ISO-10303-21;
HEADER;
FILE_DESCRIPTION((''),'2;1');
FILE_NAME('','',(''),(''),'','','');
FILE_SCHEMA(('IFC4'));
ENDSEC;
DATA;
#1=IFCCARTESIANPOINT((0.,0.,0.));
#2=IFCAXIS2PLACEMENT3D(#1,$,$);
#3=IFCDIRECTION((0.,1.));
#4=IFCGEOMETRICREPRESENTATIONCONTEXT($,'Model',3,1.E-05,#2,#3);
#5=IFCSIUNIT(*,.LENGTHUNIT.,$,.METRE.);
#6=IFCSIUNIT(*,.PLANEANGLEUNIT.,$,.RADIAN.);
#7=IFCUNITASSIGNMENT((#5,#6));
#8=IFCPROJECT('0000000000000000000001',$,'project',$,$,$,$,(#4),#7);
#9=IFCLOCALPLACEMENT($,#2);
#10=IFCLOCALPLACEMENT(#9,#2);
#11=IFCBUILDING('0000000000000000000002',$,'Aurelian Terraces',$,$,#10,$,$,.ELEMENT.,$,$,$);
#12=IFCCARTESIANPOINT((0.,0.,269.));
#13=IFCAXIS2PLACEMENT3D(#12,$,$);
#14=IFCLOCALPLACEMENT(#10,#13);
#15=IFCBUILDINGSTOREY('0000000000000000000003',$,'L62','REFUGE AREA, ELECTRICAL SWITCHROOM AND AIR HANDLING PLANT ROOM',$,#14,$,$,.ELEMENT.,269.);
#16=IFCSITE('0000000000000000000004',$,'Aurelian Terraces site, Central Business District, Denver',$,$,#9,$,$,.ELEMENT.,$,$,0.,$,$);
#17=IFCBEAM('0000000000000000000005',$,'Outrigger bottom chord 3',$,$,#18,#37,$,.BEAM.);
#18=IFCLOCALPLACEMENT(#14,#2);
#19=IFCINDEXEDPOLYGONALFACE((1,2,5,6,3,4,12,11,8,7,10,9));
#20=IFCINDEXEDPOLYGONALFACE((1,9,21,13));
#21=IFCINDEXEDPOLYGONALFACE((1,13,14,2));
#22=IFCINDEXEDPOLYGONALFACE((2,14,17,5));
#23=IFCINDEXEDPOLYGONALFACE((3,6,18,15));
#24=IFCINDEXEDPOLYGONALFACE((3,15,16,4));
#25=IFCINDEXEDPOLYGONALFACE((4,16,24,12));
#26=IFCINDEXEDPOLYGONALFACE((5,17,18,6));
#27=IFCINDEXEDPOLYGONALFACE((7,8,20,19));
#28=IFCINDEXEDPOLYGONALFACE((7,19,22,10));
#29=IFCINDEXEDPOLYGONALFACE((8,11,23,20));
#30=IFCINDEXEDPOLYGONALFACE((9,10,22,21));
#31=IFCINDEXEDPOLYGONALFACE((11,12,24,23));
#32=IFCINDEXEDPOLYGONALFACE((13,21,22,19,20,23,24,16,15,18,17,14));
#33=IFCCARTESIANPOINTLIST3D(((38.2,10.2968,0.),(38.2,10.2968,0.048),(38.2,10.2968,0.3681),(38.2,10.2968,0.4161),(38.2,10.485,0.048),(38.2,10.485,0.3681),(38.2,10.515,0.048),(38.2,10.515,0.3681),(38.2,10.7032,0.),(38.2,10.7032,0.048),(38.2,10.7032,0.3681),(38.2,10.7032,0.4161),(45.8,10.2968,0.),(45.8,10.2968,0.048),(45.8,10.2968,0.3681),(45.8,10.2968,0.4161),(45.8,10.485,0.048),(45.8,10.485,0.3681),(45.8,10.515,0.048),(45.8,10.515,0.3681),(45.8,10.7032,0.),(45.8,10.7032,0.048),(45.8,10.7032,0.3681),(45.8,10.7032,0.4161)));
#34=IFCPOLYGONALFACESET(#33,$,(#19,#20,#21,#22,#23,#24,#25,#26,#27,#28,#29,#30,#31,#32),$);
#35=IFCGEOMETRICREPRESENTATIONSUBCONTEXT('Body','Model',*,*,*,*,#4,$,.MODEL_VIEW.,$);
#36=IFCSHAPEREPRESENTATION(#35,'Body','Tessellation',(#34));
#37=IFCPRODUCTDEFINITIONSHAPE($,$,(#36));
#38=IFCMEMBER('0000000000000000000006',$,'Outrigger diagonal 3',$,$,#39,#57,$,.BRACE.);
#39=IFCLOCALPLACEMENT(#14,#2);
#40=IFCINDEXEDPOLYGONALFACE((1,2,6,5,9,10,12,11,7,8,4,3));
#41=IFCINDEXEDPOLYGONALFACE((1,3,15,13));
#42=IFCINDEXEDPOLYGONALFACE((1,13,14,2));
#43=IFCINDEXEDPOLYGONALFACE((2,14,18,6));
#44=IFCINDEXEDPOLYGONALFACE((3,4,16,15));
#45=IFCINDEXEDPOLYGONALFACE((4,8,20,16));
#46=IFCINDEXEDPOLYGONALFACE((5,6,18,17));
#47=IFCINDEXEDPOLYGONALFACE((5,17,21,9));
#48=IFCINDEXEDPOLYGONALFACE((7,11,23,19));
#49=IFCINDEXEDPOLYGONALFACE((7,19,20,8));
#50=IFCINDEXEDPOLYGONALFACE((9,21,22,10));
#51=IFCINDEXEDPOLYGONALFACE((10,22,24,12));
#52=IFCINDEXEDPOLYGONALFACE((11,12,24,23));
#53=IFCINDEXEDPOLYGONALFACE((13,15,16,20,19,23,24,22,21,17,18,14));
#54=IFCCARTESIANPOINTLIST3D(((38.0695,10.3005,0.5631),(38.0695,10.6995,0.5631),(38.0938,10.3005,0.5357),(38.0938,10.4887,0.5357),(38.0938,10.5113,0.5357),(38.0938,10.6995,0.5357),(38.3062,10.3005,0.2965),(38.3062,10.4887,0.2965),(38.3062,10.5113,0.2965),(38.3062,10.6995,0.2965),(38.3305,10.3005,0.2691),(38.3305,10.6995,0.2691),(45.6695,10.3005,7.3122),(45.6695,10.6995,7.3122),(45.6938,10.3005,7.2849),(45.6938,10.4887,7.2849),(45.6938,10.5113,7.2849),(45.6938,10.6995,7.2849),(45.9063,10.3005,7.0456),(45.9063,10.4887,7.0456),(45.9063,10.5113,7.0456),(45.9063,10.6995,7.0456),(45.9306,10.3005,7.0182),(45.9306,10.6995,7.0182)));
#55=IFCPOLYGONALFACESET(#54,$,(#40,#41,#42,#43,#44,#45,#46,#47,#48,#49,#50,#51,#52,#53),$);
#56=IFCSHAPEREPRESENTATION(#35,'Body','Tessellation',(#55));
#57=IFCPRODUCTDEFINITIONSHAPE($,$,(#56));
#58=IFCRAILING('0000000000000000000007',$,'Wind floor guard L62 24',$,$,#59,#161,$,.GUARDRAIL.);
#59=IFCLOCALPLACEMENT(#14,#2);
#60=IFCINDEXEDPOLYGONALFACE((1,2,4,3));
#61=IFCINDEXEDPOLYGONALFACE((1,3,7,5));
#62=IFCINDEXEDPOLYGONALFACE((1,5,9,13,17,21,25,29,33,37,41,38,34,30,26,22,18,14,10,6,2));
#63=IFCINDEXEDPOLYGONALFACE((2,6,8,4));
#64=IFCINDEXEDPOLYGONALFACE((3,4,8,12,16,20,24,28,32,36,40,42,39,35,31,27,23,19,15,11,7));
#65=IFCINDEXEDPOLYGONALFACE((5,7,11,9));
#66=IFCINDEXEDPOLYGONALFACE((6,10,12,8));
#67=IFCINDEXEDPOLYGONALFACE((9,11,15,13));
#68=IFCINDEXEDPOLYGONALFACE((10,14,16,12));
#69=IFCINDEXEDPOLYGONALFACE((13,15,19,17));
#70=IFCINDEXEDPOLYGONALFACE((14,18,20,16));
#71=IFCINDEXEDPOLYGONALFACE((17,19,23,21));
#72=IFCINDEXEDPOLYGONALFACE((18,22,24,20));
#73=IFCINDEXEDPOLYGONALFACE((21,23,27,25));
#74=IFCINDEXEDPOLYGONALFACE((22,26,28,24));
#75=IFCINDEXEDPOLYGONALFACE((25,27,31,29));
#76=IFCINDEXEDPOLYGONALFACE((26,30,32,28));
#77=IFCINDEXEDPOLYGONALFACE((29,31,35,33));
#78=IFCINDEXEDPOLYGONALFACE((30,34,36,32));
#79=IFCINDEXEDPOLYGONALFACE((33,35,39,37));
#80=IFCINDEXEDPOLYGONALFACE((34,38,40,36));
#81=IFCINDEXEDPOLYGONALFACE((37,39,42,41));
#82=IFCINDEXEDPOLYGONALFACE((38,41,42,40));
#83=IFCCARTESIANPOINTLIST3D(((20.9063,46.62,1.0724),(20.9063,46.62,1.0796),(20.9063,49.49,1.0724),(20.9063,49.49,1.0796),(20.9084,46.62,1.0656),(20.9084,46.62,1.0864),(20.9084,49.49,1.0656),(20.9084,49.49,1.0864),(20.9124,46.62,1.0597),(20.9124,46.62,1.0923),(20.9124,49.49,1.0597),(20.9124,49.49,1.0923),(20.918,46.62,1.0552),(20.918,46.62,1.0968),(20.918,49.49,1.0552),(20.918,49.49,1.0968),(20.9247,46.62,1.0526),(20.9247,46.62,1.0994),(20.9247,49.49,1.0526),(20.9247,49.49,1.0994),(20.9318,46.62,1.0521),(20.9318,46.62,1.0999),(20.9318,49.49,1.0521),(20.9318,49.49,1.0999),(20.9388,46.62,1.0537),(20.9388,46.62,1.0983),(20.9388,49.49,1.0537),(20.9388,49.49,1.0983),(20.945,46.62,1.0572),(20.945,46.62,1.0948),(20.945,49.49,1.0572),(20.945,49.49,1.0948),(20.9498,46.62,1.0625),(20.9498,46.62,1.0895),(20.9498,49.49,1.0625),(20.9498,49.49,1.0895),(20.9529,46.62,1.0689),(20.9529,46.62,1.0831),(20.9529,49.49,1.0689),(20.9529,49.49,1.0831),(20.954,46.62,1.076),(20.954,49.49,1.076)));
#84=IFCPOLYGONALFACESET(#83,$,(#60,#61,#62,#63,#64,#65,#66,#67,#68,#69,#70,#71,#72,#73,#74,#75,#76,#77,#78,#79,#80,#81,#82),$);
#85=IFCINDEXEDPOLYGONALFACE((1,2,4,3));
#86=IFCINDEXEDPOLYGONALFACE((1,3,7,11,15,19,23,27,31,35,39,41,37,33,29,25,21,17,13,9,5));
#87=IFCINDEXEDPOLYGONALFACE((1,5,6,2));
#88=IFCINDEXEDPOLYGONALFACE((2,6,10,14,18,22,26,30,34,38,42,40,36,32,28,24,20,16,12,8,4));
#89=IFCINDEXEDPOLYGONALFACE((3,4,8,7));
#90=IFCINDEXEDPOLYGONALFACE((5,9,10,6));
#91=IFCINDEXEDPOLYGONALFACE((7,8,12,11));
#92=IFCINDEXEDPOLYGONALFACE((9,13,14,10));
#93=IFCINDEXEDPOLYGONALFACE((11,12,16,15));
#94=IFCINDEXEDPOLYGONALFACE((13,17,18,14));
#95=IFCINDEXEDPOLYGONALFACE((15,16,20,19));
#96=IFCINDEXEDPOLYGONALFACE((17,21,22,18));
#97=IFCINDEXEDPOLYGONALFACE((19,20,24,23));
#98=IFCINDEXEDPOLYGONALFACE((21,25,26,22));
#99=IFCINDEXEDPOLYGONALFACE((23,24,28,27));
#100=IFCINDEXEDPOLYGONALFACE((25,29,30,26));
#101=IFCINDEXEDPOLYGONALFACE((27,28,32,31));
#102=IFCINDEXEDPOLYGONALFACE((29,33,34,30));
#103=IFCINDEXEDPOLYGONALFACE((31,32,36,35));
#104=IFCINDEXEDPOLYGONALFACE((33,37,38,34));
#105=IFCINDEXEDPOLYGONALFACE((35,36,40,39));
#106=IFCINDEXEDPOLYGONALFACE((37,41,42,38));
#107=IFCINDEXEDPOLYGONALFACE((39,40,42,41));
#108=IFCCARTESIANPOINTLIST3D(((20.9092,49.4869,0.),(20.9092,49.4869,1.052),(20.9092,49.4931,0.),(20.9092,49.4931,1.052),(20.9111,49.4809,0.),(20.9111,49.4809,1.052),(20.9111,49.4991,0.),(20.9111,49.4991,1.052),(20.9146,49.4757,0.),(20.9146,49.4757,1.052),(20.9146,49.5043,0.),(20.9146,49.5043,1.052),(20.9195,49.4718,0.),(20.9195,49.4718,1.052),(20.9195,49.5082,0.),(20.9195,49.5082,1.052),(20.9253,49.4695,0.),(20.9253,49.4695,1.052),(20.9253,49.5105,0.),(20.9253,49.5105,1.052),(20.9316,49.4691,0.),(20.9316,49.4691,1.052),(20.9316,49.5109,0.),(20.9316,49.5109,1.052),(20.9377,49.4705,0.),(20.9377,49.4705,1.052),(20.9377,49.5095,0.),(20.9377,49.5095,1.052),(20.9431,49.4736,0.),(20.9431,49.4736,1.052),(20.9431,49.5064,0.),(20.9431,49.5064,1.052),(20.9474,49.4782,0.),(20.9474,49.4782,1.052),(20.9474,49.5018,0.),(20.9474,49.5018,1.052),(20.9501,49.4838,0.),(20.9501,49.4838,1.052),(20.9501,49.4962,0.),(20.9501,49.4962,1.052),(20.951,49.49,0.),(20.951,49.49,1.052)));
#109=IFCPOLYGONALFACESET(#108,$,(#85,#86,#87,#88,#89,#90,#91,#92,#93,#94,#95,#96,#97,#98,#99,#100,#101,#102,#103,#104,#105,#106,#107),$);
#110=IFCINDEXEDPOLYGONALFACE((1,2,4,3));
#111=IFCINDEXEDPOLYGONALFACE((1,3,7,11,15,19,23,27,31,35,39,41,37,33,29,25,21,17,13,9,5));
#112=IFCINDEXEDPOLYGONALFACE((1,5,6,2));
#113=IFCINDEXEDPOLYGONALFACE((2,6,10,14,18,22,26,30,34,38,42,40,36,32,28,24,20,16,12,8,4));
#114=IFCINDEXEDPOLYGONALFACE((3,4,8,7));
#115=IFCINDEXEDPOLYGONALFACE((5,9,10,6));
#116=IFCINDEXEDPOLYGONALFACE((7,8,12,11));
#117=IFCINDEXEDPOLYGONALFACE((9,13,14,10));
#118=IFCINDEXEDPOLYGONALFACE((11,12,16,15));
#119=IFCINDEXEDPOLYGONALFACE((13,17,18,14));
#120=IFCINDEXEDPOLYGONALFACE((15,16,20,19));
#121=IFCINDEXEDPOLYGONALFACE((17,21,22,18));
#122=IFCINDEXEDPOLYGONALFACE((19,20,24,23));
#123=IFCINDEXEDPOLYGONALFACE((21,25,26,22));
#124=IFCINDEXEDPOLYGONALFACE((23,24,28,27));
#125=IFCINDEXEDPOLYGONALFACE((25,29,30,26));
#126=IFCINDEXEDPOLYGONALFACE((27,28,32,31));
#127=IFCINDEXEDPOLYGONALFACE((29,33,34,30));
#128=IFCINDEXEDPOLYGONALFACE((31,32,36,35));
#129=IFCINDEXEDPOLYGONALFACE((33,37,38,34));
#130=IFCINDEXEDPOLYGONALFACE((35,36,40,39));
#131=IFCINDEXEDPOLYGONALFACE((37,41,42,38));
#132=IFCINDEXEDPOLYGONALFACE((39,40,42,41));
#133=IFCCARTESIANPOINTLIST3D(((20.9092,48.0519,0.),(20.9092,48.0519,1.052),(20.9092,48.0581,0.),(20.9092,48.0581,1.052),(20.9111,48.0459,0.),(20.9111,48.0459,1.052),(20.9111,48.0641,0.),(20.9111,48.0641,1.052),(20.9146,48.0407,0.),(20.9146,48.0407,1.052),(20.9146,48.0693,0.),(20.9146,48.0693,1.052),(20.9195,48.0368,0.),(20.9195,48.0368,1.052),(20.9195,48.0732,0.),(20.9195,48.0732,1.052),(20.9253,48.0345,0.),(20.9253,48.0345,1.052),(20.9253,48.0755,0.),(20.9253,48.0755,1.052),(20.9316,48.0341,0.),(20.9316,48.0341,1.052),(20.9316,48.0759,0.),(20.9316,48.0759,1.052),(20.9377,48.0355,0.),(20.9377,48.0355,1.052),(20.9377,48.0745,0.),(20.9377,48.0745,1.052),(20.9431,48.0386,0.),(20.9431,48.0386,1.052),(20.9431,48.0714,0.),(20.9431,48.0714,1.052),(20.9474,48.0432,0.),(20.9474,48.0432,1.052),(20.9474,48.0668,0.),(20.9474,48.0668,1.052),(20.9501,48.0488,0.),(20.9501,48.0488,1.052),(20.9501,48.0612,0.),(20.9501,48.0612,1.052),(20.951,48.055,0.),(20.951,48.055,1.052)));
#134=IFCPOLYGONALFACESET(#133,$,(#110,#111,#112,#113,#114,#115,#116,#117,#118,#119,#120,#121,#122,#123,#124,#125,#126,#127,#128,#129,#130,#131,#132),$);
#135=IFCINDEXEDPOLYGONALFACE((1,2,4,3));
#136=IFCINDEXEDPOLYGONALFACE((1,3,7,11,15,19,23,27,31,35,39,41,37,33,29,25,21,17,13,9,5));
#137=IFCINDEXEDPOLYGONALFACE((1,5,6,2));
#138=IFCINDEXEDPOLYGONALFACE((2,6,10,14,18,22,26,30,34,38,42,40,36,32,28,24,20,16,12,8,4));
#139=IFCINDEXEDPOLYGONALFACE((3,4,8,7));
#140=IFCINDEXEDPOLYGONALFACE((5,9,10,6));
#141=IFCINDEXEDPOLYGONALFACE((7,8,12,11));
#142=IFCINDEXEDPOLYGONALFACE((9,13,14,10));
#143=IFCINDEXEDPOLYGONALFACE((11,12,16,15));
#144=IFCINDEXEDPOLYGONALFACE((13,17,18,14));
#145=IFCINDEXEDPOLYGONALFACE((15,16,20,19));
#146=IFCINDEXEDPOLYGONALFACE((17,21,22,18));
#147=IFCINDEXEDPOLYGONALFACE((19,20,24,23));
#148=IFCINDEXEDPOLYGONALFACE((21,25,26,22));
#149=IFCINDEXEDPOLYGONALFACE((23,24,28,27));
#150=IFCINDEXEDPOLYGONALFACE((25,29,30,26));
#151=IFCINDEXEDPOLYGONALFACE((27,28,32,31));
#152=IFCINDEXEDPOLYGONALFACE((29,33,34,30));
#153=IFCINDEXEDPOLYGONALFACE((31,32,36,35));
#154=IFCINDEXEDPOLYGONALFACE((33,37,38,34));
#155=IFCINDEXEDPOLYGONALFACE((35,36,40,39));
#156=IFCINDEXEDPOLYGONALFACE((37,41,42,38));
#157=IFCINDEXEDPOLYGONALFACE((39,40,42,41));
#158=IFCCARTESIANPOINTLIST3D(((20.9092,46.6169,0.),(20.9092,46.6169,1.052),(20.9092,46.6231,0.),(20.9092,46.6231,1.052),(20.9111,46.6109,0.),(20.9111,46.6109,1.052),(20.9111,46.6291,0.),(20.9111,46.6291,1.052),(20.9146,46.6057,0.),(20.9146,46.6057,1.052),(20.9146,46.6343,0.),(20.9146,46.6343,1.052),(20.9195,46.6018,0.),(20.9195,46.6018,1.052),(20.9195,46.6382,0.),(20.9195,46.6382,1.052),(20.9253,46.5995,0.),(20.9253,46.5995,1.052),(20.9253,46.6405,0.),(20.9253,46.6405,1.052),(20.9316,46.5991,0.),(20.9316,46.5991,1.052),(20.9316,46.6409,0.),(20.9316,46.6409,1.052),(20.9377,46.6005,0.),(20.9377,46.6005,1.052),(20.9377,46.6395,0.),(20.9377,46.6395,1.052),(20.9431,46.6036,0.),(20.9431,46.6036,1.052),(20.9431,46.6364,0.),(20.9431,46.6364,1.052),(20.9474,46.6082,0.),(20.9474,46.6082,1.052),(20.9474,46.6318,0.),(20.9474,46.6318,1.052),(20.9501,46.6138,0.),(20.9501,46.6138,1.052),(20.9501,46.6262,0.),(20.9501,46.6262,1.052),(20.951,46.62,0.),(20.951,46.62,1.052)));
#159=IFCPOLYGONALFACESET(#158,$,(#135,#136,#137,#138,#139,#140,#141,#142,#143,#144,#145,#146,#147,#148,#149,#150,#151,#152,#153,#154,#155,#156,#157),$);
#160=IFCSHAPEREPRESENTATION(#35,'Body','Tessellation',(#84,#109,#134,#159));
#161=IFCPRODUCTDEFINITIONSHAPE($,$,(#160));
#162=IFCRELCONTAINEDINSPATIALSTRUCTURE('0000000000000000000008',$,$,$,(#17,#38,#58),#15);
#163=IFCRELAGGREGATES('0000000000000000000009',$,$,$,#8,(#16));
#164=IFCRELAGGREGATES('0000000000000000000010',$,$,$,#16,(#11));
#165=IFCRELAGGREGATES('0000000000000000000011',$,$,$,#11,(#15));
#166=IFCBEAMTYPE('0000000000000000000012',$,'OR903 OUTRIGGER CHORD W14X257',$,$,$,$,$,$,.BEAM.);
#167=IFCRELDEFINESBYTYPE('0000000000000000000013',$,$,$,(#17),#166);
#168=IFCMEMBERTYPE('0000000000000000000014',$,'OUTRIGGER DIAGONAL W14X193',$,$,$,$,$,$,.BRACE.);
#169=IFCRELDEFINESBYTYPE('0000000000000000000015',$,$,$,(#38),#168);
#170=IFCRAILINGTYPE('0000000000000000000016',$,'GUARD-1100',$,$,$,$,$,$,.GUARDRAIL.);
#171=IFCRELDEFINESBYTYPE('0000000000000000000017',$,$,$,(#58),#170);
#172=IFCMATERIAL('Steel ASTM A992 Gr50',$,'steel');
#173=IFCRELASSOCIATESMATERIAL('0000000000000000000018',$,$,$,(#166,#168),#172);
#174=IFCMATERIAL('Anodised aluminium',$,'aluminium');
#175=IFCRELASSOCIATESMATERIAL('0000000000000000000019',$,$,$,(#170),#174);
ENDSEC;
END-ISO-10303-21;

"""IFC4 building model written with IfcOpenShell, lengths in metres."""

from ifc_helpers import new_model, si_unit, direction, frame, origin, origin_2d, place, context, subcontext, project, spatial, circle, i_section, extrude, source, transform, mapped, material, material_profile, profile_set, type_object, element, save


model = new_model("IFC4")

# Units and contexts
model_context = context("Model", 3, precision=1e-05, world=origin(), true_north=direction((0.0, 1.0)))
body_context = subcontext(model_context, "Body", "Model", "MODEL_VIEW")
ifc_project = project(units=[si_unit("LENGTHUNIT", "METRE"), si_unit("PLANEANGLEUNIT", "RADIAN")], contexts=[model_context])

# Site, building, storey
site_placement = place(None, origin())
site = spatial("IfcSite", under=ifc_project, at=site_placement, Name="Aurelian Terraces site, Central Business District, Denver", CompositionType="ELEMENT", RefElevation=0.0)
building_placement = place(site_placement, origin())
building = spatial("IfcBuilding", under=site, at=building_placement, Name="Aurelian Terraces", CompositionType="ELEMENT")
storey_placement = place(building_placement, frame((0.0, 0.0, 269.0)))
storey = spatial("IfcBuildingStorey", under=building, at=storey_placement, Name="L62", Description="REFUGE AREA, ELECTRICAL SWITCHROOM AND AIR HANDLING PLANT ROOM", CompositionType="ELEMENT", Elevation=269.0)

# Shared definitions
ifc_material_1 = material(Name="Steel ASTM A992 Gr50", Category="steel")

# Shared definitions
ifc_material_profile_1 = material_profile(ifc_material_1, i_section(OverallWidth=0.4063, OverallDepth=0.4161, WebThickness=0.03, FlangeThickness=0.048, at=origin_2d()))
ifc_profile_set_1 = profile_set([ifc_material_profile_1], Name="Steel ASTM A992 Gr50")
beam_type_1 = type_object("IfcBeamType", Name="OR903 OUTRIGGER CHORD W14X257", PredefinedType="BEAM", material=ifc_profile_set_1)

# Shared definitions
ifc_material_profile_2 = material_profile(ifc_material_1, i_section(OverallWidth=0.399, OverallDepth=0.3932, WebThickness=0.0226, FlangeThickness=0.0366, at=origin_2d()))
ifc_profile_set_2 = profile_set([ifc_material_profile_2], Name="Steel ASTM A992 Gr50")
member_type_1 = type_object("IfcMemberType", Name="OUTRIGGER DIAGONAL W14X193", PredefinedType="BRACE", material=ifc_profile_set_2)

# Beam
shared_shape_1 = source(origin(), body_context, "Body", "SweptSolid", [
    extrude(i_section(OverallWidth=0.4063, OverallDepth=0.4161, WebThickness=0.03, FlangeThickness=0.048, at=origin_2d()), origin(), (0.0, 0.0, 1.0), 7.6),
])
beam_1_placement = place(storey_placement, frame((38.2, 10.5, 0.208), z_axis=(1.0, 0.0, 0.0), x_axis=(0.0, 1.0, 0.0)))
element("IfcBeam", 1, at=beam_1_placement, inside=storey, type_object=beam_type_1, Name="Outrigger bottom chord 3", PredefinedType="BEAM", context=body_context, shape_type="MappedRepresentation", body=[
    mapped(shared_shape_1, transform((0.0, 0.0, 0.0), scale=1.0)),
])

# Member
shared_shape_2 = source(origin(), body_context, "Body", "SweptSolid", [
    extrude(i_section(OverallWidth=0.399, OverallDepth=0.3932, WebThickness=0.0226, FlangeThickness=0.0366, at=origin_2d()), origin(), (0.0, 0.0, 1.0), 10.1642),
])
member_1_placement = place(storey_placement, frame((38.2, 10.5, 0.4161), z_axis=(0.747725, 0.0, 0.664009), x_axis=(0.0, 1.0, 0.0)))
element("IfcMember", 2, at=member_1_placement, inside=storey, type_object=member_type_1, Name="Outrigger diagonal 3", PredefinedType="BRACE", context=body_context, shape_type="MappedRepresentation", body=[
    mapped(shared_shape_2, transform((0.0, 0.0, 0.0), scale=1.0)),
])

# Railing
ifc_material_2 = material(Name="Anodised aluminium", Category="aluminium")
railing_type = type_object("IfcRailingType", Name="GUARD-1100", PredefinedType="GUARDRAIL", material=ifc_material_2)
railing_1_placement = place(storey_placement, frame((20.93, 49.49, 0.0)))
element("IfcRailing", 3, at=railing_1_placement, inside=storey, type_object=railing_type, Name="Wind floor guard L62 24", PredefinedType="GUARDRAIL", context=body_context, shape_type="SweptSolid", body=[
    extrude(circle(Radius=0.024, at=origin_2d()), frame((0.0, 0.0, 1.076), z_axis=(0.0, -1.0, 0.0), x_axis=(1.0, 0.0, 0.0)), (0.0, 0.0, 1.0), 2.87),
    extrude(circle(Radius=0.021, at=origin_2d()), origin(), (0.0, 0.0, 1.0), 1.052),
    extrude(circle(Radius=0.021, at=origin_2d()), frame((0.0, -1.435, 0.0)), (0.0, 0.0, 1.0), 1.052),
    extrude(circle(Radius=0.021, at=origin_2d()), frame((0.0, -2.87, 0.0)), (0.0, 0.0, 1.0), 1.052),
])

save(model, "model.ifc")
